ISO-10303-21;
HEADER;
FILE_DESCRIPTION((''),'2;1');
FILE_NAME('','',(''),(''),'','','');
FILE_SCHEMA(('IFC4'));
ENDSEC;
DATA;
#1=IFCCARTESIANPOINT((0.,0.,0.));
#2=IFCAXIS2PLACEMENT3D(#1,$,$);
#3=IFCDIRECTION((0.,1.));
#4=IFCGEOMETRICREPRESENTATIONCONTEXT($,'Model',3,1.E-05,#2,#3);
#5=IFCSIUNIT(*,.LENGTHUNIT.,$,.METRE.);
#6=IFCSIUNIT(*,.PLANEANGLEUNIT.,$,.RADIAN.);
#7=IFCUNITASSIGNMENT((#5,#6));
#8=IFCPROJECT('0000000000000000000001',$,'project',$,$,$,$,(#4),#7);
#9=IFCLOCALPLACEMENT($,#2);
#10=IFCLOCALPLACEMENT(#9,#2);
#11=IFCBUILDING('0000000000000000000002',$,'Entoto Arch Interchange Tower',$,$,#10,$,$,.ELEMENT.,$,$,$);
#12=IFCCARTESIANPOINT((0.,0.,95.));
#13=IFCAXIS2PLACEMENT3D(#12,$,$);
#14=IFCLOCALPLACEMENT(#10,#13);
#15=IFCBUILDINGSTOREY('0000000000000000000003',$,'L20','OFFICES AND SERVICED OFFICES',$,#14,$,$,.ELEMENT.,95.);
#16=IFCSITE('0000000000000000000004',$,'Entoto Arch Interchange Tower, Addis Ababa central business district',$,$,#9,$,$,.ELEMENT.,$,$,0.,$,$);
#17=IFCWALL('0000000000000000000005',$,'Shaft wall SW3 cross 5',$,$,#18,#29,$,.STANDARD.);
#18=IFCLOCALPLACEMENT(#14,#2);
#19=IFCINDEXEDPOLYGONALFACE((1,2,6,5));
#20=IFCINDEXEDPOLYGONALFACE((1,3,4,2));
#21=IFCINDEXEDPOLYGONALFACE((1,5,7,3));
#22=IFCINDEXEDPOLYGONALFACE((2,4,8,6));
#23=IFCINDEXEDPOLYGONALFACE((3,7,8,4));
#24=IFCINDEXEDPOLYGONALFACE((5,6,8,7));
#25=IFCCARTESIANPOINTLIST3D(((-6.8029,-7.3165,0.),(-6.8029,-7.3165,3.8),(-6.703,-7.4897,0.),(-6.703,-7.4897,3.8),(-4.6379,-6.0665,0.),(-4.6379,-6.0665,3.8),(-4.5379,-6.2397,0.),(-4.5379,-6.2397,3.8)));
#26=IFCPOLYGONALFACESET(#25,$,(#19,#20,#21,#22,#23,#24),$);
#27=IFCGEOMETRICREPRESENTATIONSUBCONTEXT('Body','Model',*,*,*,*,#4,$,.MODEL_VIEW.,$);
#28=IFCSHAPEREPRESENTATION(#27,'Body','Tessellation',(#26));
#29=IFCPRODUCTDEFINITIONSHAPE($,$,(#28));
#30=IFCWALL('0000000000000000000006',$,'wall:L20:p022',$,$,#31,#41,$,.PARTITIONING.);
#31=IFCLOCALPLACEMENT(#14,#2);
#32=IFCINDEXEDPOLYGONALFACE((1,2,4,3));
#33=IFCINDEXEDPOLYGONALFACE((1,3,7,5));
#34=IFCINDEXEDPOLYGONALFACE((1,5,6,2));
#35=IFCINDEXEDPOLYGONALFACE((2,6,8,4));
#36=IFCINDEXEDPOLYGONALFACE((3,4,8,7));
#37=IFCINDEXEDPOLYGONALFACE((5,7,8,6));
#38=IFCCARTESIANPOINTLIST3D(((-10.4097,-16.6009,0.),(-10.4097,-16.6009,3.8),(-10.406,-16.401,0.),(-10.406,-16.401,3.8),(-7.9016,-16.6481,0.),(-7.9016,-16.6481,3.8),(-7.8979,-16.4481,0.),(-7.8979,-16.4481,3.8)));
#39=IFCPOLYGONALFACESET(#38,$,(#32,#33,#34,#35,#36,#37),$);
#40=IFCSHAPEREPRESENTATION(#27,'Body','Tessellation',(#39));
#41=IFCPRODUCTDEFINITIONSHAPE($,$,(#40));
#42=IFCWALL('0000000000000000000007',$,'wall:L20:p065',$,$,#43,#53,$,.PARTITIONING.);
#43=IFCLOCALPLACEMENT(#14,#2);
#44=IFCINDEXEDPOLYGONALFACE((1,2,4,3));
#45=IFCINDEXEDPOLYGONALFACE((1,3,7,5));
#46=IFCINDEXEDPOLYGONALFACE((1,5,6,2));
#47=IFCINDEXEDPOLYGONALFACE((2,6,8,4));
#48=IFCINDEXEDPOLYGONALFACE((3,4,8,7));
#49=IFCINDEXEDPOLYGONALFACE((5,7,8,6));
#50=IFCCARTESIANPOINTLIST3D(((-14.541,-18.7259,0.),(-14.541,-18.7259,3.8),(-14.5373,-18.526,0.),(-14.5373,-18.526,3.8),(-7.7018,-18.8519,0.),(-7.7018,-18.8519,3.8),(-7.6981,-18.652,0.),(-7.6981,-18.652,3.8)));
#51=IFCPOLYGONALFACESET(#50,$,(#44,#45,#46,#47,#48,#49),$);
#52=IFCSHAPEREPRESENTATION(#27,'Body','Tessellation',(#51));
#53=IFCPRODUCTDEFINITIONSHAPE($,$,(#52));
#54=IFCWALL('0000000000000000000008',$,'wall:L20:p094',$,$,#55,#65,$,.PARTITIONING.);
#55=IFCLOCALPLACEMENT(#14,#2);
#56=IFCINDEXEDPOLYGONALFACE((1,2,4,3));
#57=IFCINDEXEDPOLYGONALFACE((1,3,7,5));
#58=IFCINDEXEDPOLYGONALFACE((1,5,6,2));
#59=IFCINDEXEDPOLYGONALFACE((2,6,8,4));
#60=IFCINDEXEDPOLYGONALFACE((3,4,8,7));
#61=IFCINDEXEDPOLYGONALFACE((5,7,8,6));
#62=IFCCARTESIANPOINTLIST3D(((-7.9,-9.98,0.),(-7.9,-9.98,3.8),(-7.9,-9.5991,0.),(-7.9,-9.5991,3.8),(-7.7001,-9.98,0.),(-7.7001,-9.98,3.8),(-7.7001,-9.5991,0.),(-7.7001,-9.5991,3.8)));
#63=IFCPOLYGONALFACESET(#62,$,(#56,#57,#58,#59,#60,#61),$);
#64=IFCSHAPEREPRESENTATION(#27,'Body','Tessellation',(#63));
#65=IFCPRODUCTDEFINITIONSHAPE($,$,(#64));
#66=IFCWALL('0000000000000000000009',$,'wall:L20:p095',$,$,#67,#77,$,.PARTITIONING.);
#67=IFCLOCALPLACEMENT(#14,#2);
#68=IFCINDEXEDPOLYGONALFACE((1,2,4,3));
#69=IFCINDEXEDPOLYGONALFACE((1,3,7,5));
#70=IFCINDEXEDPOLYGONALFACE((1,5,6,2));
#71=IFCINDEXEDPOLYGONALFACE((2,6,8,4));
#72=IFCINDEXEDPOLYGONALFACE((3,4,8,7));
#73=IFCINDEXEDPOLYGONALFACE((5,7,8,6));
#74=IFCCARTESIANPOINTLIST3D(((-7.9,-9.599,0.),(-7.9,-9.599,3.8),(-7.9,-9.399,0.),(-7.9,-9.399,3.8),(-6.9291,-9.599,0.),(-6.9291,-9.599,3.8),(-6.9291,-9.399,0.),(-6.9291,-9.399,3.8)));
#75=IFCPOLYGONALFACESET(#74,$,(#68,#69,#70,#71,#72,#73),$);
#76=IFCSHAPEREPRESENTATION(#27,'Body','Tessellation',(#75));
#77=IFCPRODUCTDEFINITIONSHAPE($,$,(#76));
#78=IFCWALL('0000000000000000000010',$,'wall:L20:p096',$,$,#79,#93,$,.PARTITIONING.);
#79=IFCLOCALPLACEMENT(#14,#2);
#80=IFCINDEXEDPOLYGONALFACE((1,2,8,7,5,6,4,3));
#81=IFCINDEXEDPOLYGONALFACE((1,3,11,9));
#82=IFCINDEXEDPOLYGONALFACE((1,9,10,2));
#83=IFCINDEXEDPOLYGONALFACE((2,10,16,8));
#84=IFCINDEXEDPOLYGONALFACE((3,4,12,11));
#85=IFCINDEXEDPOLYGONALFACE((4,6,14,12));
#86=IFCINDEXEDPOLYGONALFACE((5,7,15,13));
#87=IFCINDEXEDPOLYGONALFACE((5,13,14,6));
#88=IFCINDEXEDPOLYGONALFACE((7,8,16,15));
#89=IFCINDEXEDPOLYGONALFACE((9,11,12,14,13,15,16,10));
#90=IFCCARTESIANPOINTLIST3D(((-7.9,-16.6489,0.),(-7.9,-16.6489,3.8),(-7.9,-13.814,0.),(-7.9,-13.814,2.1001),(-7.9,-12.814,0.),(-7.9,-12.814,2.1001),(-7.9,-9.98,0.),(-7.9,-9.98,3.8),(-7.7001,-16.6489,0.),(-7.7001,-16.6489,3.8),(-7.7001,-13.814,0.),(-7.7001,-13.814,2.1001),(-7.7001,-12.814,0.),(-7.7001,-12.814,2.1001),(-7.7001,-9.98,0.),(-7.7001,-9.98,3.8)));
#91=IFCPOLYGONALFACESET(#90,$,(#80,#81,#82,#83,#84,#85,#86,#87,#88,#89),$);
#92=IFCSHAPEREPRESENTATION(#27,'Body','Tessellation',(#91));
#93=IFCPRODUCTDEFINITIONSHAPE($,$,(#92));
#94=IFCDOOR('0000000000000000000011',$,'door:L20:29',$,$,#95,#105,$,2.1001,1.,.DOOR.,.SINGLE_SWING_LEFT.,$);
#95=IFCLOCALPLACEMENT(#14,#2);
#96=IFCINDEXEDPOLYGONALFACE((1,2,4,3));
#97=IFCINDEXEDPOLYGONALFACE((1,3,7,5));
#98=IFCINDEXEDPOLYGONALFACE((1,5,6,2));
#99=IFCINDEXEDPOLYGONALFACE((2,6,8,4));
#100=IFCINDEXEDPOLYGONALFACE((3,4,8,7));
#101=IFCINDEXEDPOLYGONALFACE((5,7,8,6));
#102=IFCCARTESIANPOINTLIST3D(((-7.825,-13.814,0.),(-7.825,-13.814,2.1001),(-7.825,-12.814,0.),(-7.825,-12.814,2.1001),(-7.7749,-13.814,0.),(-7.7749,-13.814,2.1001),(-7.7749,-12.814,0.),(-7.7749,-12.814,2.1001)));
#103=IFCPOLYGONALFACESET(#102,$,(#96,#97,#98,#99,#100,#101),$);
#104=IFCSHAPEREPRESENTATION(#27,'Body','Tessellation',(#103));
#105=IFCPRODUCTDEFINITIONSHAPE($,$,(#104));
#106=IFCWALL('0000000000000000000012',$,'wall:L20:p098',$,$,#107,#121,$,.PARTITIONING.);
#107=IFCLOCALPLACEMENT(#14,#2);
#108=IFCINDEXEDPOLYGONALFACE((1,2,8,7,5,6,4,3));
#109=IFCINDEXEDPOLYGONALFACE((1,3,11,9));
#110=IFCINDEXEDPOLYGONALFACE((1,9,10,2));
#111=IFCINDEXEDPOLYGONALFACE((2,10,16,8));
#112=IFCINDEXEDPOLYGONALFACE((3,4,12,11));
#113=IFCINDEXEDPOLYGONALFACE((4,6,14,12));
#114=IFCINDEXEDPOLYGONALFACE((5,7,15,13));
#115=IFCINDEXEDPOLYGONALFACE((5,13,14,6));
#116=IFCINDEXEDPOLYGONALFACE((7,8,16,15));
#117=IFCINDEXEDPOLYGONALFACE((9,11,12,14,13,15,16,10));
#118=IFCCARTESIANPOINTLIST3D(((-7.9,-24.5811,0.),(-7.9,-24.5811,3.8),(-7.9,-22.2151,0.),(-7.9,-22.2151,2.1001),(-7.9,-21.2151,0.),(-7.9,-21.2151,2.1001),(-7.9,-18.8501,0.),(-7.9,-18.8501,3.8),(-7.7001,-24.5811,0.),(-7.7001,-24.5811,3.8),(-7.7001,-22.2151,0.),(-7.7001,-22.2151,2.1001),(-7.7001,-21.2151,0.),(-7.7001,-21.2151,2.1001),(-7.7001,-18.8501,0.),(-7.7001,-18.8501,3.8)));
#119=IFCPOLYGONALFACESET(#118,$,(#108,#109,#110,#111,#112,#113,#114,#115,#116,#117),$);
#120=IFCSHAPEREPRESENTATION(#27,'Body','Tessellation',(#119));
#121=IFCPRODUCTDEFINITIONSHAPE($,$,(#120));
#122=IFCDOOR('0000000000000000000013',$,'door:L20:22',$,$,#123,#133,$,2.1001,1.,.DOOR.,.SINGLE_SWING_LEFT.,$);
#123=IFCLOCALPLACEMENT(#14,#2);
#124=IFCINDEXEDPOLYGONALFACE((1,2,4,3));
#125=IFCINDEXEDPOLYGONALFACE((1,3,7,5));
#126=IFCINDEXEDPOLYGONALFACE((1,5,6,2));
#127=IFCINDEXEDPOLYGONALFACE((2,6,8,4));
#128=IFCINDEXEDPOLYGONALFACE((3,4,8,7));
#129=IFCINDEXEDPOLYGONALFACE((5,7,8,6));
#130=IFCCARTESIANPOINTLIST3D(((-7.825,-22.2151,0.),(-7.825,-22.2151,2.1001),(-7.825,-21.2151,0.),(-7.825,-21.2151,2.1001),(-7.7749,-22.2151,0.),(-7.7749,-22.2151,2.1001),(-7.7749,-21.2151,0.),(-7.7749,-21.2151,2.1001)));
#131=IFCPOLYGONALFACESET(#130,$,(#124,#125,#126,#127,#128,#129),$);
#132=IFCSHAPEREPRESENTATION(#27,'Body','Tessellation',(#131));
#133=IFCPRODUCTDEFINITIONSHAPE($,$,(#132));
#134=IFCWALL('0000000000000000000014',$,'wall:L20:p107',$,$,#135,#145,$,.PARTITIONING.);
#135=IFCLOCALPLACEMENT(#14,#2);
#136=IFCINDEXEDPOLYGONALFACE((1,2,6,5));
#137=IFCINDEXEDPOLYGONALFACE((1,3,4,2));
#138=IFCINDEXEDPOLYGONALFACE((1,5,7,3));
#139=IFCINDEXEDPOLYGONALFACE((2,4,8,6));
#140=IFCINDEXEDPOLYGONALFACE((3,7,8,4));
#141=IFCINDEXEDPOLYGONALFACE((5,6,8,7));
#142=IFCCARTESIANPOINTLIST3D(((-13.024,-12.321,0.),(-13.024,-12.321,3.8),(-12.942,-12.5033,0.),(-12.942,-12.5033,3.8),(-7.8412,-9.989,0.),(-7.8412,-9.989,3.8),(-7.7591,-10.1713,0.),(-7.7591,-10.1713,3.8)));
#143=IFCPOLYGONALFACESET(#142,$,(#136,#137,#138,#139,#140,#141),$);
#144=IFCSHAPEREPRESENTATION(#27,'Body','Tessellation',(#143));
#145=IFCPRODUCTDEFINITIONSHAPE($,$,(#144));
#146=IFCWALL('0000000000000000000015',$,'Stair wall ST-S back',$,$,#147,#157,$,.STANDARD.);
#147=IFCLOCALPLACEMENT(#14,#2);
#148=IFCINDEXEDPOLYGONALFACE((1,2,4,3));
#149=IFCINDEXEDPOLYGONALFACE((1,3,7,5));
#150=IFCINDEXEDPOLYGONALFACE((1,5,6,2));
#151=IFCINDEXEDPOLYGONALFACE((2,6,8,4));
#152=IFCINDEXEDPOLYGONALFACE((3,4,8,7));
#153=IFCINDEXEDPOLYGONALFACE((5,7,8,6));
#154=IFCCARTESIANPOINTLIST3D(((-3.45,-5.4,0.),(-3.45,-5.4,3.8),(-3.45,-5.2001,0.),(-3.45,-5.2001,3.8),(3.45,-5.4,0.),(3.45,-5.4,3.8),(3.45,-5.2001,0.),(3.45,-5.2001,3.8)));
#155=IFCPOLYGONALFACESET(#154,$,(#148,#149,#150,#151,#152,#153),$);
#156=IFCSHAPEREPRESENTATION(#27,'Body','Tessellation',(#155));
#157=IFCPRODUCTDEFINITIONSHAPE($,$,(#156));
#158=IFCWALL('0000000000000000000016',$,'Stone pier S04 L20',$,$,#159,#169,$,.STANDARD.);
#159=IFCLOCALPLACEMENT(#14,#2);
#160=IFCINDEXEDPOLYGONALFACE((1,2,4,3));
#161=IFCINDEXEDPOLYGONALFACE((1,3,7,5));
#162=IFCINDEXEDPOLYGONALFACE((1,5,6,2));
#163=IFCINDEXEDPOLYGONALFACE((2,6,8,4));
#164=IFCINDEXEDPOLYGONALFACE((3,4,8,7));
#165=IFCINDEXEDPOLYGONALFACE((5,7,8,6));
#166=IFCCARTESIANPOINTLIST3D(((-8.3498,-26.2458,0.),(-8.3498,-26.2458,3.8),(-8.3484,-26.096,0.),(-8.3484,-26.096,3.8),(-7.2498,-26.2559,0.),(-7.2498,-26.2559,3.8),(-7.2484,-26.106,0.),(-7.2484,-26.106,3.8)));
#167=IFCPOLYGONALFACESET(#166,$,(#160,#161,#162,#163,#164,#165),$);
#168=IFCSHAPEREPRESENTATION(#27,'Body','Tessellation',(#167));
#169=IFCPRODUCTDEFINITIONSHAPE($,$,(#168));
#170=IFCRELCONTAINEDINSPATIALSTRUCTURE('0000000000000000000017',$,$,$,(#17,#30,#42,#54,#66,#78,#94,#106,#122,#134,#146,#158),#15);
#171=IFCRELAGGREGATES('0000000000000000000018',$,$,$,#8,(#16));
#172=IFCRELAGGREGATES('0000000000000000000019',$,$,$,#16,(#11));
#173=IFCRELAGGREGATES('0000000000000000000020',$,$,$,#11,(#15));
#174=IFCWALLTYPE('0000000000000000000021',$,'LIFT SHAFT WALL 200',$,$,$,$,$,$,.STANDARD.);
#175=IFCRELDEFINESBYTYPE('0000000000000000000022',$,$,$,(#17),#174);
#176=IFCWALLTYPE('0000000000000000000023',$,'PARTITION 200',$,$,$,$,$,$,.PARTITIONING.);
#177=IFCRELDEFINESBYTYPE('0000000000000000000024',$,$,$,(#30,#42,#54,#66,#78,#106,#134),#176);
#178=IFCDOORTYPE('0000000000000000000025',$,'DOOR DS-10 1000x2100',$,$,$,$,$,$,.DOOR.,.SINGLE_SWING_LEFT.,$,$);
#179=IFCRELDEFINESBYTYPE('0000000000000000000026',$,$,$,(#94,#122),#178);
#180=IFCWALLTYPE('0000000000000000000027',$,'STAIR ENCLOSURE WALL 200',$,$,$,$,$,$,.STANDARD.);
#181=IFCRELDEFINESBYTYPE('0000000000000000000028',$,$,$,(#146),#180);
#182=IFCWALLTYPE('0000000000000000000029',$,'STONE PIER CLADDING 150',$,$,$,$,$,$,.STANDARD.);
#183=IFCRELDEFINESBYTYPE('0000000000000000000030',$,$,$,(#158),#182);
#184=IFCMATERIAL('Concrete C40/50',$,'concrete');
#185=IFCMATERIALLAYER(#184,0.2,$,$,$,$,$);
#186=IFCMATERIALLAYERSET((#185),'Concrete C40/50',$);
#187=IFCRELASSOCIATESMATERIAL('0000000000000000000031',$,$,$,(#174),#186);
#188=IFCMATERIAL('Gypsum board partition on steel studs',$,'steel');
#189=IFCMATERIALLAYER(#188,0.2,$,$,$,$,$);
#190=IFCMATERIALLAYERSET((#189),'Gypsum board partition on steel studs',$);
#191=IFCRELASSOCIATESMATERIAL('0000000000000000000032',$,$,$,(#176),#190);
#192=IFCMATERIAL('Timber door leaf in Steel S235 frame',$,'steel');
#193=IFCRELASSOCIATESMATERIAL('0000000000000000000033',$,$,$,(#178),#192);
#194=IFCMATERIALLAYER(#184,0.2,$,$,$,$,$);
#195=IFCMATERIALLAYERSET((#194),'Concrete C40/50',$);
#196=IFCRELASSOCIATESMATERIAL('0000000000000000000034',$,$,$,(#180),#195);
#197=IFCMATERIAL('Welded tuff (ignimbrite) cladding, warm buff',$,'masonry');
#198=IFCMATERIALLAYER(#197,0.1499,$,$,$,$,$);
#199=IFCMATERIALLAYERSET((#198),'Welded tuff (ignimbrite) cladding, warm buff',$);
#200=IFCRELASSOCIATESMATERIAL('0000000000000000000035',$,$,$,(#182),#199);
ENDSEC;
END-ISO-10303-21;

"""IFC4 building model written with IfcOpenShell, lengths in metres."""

from ifc_helpers import new_model, si_unit, direction, frame, frame_2d, origin, place, context, subcontext, project, spatial, rectangle, extrude, material, layer, layer_set, type_object, element, fill, save


model = new_model("IFC4")

# Units and contexts
model_context = context("Model", 3, precision=1e-05, world=origin(), true_north=direction((0.0, 1.0)))
body_context = subcontext(model_context, "Body", "Model", "MODEL_VIEW")
ifc_project = project(units=[si_unit("LENGTHUNIT", "METRE"), si_unit("PLANEANGLEUNIT", "RADIAN")], contexts=[model_context])

# Site, building, storey
site_placement = place(None, origin())
site = spatial("IfcSite", under=ifc_project, at=site_placement, Name="Entoto Arch Interchange Tower, Addis Ababa central business district", CompositionType="ELEMENT", RefElevation=0.0)
building_placement = place(site_placement, origin())
building = spatial("IfcBuilding", under=site, at=building_placement, Name="Entoto Arch Interchange Tower", CompositionType="ELEMENT")
storey_placement = place(building_placement, frame((0.0, 0.0, 95.0)))
storey = spatial("IfcBuildingStorey", under=building, at=storey_placement, Name="L20", Description="OFFICES AND SERVICED OFFICES", CompositionType="ELEMENT", Elevation=95.0)

# Walls
ifc_material_1 = material(Name="Concrete C40/50", Category="concrete")
ifc_layer_1 = layer(ifc_material_1, 0.2)
ifc_layer_set_1 = layer_set([ifc_layer_1], Name="Concrete C40/50")
wall_type_1 = type_object("IfcWallType", Name="LIFT SHAFT WALL 200", PredefinedType="STANDARD", material=ifc_layer_set_1)
wall_1_placement = place(storey_placement, frame((-4.5879, -6.1531, 0.0), z_axis=(0.0, 0.0, 1.0), x_axis=(-0.866023, -0.500004, 0.0)))
element("IfcWall", 1, at=wall_1_placement, inside=storey, type_object=wall_type_1, Name="Shaft wall SW3 cross 5", PredefinedType="STANDARD", context=body_context, shape_type="SweptSolid", body=[
    extrude(rectangle(XDim=2.5, YDim=0.2, at=frame_2d((1.25, 0.0))), origin(), (0.0, 0.0, 1.0), 3.8),
])
ifc_material_2 = material(Name="Gypsum board partition on steel studs", Category="steel")
ifc_layer_2 = layer(ifc_material_2, 0.2)
ifc_layer_set_2 = layer_set([ifc_layer_2], Name="Gypsum board partition on steel studs")
wall_type_2 = type_object("IfcWallType", Name="PARTITION 200", PredefinedType="PARTITIONING", material=ifc_layer_set_2)
wall_2_placement = place(storey_placement, frame((-10.408, -16.501, 0.0), z_axis=(0.0, 0.0, 1.0), x_axis=(0.999824, -0.018784, 0.0)))
element("IfcWall", 2, at=wall_2_placement, inside=storey, type_object=wall_type_2, Name="wall:L20:p022", PredefinedType="PARTITIONING", context=body_context, shape_type="SweptSolid", body=[
    extrude(rectangle(XDim=2.5085, YDim=0.2, at=frame_2d((1.2544, 0.0))), origin(), (0.0, 0.0, 1.0), 3.8),
])
wall_3_placement = place(storey_placement, frame((-7.7, -18.752, 0.0), z_axis=(0.0, 0.0, 1.0), x_axis=(-0.99983, 0.018417, 0.0)))
element("IfcWall", 3, at=wall_3_placement, inside=storey, type_object=wall_type_2, Name="wall:L20:p065", PredefinedType="PARTITIONING", context=body_context, shape_type="SweptSolid", body=[
    extrude(rectangle(XDim=6.8403, YDim=0.2, at=frame_2d((3.4202, 0.0))), origin(), (0.0, 0.0, 1.0), 3.8),
])
wall_4_placement = place(storey_placement, frame((-7.8, -9.98, 0.0), z_axis=(0.0, 0.0, 1.0), x_axis=(0.0, 1.0, 0.0)))
element("IfcWall", 4, at=wall_4_placement, inside=storey, type_object=wall_type_2, Name="wall:L20:p094", PredefinedType="PARTITIONING", context=body_context, shape_type="SweptSolid", body=[
    extrude(rectangle(XDim=0.3809, YDim=0.2, at=frame_2d((0.1904, 0.0))), origin(), (0.0, 0.0, 1.0), 3.8),
])
wall_5_placement = place(storey_placement, frame((-7.8999, -9.499, 0.0), z_axis=(0.0, 0.0, 1.0), x_axis=(1.0, 0.0, 0.0)))
element("IfcWall", 5, at=wall_5_placement, inside=storey, type_object=wall_type_2, Name="wall:L20:p095", PredefinedType="PARTITIONING", context=body_context, shape_type="SweptSolid", body=[
    extrude(rectangle(XDim=0.9709, YDim=0.2, at=frame_2d((0.4854, 0.0))), origin(), (0.0, 0.0, 1.0), 3.8),
])

# Walls, openings, doors
wall_6_placement = place(storey_placement, frame((-7.8, -16.6489, 0.0), z_axis=(0.0, 0.0, 1.0), x_axis=(0.0, 1.0, 0.0)))
wall_6 = element("IfcWall", 6, at=wall_6_placement, inside=storey, type_object=wall_type_2, Name="wall:L20:p096", PredefinedType="PARTITIONING", context=body_context, shape_type="SweptSolid", body=[
    extrude(rectangle(XDim=6.6689, YDim=0.2, at=frame_2d((3.3345, 0.0))), origin(), (0.0, 0.0, 1.0), 3.8),
])
opening_1_placement = place(wall_6_placement, frame((2.835, 0.0, 0.0)))
opening_1 = element("IfcOpeningElement", 7, at=opening_1_placement, cuts=wall_6, PredefinedType="OPENING", context=body_context, shape_type="SweptSolid", body=[
    extrude(rectangle(XDim=1.0, YDim=2.1001, at=frame_2d((0.5, 1.05))), frame((0.0, 0.1099, 0.0), z_axis=(0.0, -1.0, 0.0), x_axis=(1.0, 0.0, 0.0)), (0.0, 0.0, 1.0), 0.22),
])
ifc_material_3 = material(Name="Timber door leaf in Steel S235 frame", Category="steel")
door_type = type_object("IfcDoorType", Name="DOOR DS-10 1000x2100", OperationType="SINGLE_SWING_LEFT", PredefinedType="DOOR", material=ifc_material_3)
door_1_placement = place(opening_1_placement, origin())
door_1 = element("IfcDoor", 8, at=door_1_placement, inside=storey, type_object=door_type, Name="door:L20:29", OperationType="SINGLE_SWING_LEFT", OverallHeight=2.1001, OverallWidth=1.0, PredefinedType="DOOR", context=body_context, shape_type="SweptSolid", body=[
    extrude(rectangle(XDim=1.0, YDim=2.1001, at=frame_2d((0.5, 1.05))), frame((0.0, 0.0249, 0.0), z_axis=(0.0, -1.0, 0.0), x_axis=(1.0, 0.0, 0.0)), (0.0, 0.0, 1.0), 0.05),
])
fill(opening_1, door_1)
wall_7_placement = place(storey_placement, frame((-7.8, -24.5811, 0.0), z_axis=(0.0, 0.0, 1.0), x_axis=(0.0, 1.0, 0.0)))
wall_7 = element("IfcWall", 9, at=wall_7_placement, inside=storey, type_object=wall_type_2, Name="wall:L20:p098", PredefinedType="PARTITIONING", context=body_context, shape_type="SweptSolid", body=[
    extrude(rectangle(XDim=5.731, YDim=0.2, at=frame_2d((2.8655, 0.0))), origin(), (0.0, 0.0, 1.0), 3.8),
])
opening_2_placement = place(wall_7_placement, frame((2.366, 0.0, 0.0)))
opening_2 = element("IfcOpeningElement", 10, at=opening_2_placement, cuts=wall_7, PredefinedType="OPENING", context=body_context, shape_type="SweptSolid", body=[
    extrude(rectangle(XDim=1.0, YDim=2.1001, at=frame_2d((0.5, 1.05))), frame((0.0, 0.1099, 0.0), z_axis=(0.0, -1.0, 0.0), x_axis=(1.0, 0.0, 0.0)), (0.0, 0.0, 1.0), 0.22),
])
door_2_placement = place(opening_2_placement, origin())
door_2 = element("IfcDoor", 11, at=door_2_placement, inside=storey, type_object=door_type, Name="door:L20:22", OperationType="SINGLE_SWING_LEFT", OverallHeight=2.1001, OverallWidth=1.0, PredefinedType="DOOR", context=body_context, shape_type="SweptSolid", body=[
    extrude(rectangle(XDim=1.0, YDim=2.1001, at=frame_2d((0.5, 1.05))), frame((0.0, 0.0249, 0.0), z_axis=(0.0, -1.0, 0.0), x_axis=(1.0, 0.0, 0.0)), (0.0, 0.0, 1.0), 0.05),
])
fill(opening_2, door_2)

# Walls
wall_8_placement = place(storey_placement, frame((-7.8, -10.0801, 0.0), z_axis=(0.0, 0.0, 1.0), x_axis=(-0.911938, -0.410327, 0.0)))
element("IfcWall", 12, at=wall_8_placement, inside=storey, type_object=wall_type_2, Name="wall:L20:p107", PredefinedType="PARTITIONING", context=body_context, shape_type="SweptSolid", body=[
    extrude(rectangle(XDim=5.6833, YDim=0.2, at=frame_2d((2.8418, 0.0))), origin(), (0.0, 0.0, 1.0), 3.8),
])
ifc_layer_3 = layer(ifc_material_1, 0.2)
ifc_layer_set_3 = layer_set([ifc_layer_3], Name="Concrete C40/50")
wall_type_3 = type_object("IfcWallType", Name="STAIR ENCLOSURE WALL 200", PredefinedType="STANDARD", material=ifc_layer_set_3)
wall_9_placement = place(storey_placement, frame((-3.45, -5.3, 0.0), z_axis=(0.0, 0.0, 1.0), x_axis=(1.0, 0.0, 0.0)))
element("IfcWall", 13, at=wall_9_placement, inside=storey, type_object=wall_type_3, Name="Stair wall ST-S back", PredefinedType="STANDARD", context=body_context, shape_type="SweptSolid", body=[
    extrude(rectangle(XDim=6.8999, YDim=0.2, at=frame_2d((3.45, 0.0))), origin(), (0.0, 0.0, 1.0), 3.8),
])
ifc_material_4 = material(Name="Welded tuff (ignimbrite) cladding, warm buff", Category="masonry")
ifc_layer_4 = layer(ifc_material_4, 0.1499)
ifc_layer_set_4 = layer_set([ifc_layer_4], Name="Welded tuff (ignimbrite) cladding, warm buff")
wall_type_4 = type_object("IfcWallType", Name="STONE PIER CLADDING 150", PredefinedType="STANDARD", material=ifc_layer_set_4)
wall_10_placement = place(storey_placement, frame((-8.3491, -26.1709, 0.0), z_axis=(0.0, 0.0, 1.0), x_axis=(0.999959, -0.009099, 0.0)))
element("IfcWall", 14, at=wall_10_placement, inside=storey, type_object=wall_type_4, Name="Stone pier S04 L20", PredefinedType="STANDARD", context=body_context, shape_type="SweptSolid", body=[
    extrude(rectangle(XDim=1.1001, YDim=0.1499, at=frame_2d((0.55, 0.0))), origin(), (0.0, 0.0, 1.0), 3.8),
])

save(model, "model.ifc")
